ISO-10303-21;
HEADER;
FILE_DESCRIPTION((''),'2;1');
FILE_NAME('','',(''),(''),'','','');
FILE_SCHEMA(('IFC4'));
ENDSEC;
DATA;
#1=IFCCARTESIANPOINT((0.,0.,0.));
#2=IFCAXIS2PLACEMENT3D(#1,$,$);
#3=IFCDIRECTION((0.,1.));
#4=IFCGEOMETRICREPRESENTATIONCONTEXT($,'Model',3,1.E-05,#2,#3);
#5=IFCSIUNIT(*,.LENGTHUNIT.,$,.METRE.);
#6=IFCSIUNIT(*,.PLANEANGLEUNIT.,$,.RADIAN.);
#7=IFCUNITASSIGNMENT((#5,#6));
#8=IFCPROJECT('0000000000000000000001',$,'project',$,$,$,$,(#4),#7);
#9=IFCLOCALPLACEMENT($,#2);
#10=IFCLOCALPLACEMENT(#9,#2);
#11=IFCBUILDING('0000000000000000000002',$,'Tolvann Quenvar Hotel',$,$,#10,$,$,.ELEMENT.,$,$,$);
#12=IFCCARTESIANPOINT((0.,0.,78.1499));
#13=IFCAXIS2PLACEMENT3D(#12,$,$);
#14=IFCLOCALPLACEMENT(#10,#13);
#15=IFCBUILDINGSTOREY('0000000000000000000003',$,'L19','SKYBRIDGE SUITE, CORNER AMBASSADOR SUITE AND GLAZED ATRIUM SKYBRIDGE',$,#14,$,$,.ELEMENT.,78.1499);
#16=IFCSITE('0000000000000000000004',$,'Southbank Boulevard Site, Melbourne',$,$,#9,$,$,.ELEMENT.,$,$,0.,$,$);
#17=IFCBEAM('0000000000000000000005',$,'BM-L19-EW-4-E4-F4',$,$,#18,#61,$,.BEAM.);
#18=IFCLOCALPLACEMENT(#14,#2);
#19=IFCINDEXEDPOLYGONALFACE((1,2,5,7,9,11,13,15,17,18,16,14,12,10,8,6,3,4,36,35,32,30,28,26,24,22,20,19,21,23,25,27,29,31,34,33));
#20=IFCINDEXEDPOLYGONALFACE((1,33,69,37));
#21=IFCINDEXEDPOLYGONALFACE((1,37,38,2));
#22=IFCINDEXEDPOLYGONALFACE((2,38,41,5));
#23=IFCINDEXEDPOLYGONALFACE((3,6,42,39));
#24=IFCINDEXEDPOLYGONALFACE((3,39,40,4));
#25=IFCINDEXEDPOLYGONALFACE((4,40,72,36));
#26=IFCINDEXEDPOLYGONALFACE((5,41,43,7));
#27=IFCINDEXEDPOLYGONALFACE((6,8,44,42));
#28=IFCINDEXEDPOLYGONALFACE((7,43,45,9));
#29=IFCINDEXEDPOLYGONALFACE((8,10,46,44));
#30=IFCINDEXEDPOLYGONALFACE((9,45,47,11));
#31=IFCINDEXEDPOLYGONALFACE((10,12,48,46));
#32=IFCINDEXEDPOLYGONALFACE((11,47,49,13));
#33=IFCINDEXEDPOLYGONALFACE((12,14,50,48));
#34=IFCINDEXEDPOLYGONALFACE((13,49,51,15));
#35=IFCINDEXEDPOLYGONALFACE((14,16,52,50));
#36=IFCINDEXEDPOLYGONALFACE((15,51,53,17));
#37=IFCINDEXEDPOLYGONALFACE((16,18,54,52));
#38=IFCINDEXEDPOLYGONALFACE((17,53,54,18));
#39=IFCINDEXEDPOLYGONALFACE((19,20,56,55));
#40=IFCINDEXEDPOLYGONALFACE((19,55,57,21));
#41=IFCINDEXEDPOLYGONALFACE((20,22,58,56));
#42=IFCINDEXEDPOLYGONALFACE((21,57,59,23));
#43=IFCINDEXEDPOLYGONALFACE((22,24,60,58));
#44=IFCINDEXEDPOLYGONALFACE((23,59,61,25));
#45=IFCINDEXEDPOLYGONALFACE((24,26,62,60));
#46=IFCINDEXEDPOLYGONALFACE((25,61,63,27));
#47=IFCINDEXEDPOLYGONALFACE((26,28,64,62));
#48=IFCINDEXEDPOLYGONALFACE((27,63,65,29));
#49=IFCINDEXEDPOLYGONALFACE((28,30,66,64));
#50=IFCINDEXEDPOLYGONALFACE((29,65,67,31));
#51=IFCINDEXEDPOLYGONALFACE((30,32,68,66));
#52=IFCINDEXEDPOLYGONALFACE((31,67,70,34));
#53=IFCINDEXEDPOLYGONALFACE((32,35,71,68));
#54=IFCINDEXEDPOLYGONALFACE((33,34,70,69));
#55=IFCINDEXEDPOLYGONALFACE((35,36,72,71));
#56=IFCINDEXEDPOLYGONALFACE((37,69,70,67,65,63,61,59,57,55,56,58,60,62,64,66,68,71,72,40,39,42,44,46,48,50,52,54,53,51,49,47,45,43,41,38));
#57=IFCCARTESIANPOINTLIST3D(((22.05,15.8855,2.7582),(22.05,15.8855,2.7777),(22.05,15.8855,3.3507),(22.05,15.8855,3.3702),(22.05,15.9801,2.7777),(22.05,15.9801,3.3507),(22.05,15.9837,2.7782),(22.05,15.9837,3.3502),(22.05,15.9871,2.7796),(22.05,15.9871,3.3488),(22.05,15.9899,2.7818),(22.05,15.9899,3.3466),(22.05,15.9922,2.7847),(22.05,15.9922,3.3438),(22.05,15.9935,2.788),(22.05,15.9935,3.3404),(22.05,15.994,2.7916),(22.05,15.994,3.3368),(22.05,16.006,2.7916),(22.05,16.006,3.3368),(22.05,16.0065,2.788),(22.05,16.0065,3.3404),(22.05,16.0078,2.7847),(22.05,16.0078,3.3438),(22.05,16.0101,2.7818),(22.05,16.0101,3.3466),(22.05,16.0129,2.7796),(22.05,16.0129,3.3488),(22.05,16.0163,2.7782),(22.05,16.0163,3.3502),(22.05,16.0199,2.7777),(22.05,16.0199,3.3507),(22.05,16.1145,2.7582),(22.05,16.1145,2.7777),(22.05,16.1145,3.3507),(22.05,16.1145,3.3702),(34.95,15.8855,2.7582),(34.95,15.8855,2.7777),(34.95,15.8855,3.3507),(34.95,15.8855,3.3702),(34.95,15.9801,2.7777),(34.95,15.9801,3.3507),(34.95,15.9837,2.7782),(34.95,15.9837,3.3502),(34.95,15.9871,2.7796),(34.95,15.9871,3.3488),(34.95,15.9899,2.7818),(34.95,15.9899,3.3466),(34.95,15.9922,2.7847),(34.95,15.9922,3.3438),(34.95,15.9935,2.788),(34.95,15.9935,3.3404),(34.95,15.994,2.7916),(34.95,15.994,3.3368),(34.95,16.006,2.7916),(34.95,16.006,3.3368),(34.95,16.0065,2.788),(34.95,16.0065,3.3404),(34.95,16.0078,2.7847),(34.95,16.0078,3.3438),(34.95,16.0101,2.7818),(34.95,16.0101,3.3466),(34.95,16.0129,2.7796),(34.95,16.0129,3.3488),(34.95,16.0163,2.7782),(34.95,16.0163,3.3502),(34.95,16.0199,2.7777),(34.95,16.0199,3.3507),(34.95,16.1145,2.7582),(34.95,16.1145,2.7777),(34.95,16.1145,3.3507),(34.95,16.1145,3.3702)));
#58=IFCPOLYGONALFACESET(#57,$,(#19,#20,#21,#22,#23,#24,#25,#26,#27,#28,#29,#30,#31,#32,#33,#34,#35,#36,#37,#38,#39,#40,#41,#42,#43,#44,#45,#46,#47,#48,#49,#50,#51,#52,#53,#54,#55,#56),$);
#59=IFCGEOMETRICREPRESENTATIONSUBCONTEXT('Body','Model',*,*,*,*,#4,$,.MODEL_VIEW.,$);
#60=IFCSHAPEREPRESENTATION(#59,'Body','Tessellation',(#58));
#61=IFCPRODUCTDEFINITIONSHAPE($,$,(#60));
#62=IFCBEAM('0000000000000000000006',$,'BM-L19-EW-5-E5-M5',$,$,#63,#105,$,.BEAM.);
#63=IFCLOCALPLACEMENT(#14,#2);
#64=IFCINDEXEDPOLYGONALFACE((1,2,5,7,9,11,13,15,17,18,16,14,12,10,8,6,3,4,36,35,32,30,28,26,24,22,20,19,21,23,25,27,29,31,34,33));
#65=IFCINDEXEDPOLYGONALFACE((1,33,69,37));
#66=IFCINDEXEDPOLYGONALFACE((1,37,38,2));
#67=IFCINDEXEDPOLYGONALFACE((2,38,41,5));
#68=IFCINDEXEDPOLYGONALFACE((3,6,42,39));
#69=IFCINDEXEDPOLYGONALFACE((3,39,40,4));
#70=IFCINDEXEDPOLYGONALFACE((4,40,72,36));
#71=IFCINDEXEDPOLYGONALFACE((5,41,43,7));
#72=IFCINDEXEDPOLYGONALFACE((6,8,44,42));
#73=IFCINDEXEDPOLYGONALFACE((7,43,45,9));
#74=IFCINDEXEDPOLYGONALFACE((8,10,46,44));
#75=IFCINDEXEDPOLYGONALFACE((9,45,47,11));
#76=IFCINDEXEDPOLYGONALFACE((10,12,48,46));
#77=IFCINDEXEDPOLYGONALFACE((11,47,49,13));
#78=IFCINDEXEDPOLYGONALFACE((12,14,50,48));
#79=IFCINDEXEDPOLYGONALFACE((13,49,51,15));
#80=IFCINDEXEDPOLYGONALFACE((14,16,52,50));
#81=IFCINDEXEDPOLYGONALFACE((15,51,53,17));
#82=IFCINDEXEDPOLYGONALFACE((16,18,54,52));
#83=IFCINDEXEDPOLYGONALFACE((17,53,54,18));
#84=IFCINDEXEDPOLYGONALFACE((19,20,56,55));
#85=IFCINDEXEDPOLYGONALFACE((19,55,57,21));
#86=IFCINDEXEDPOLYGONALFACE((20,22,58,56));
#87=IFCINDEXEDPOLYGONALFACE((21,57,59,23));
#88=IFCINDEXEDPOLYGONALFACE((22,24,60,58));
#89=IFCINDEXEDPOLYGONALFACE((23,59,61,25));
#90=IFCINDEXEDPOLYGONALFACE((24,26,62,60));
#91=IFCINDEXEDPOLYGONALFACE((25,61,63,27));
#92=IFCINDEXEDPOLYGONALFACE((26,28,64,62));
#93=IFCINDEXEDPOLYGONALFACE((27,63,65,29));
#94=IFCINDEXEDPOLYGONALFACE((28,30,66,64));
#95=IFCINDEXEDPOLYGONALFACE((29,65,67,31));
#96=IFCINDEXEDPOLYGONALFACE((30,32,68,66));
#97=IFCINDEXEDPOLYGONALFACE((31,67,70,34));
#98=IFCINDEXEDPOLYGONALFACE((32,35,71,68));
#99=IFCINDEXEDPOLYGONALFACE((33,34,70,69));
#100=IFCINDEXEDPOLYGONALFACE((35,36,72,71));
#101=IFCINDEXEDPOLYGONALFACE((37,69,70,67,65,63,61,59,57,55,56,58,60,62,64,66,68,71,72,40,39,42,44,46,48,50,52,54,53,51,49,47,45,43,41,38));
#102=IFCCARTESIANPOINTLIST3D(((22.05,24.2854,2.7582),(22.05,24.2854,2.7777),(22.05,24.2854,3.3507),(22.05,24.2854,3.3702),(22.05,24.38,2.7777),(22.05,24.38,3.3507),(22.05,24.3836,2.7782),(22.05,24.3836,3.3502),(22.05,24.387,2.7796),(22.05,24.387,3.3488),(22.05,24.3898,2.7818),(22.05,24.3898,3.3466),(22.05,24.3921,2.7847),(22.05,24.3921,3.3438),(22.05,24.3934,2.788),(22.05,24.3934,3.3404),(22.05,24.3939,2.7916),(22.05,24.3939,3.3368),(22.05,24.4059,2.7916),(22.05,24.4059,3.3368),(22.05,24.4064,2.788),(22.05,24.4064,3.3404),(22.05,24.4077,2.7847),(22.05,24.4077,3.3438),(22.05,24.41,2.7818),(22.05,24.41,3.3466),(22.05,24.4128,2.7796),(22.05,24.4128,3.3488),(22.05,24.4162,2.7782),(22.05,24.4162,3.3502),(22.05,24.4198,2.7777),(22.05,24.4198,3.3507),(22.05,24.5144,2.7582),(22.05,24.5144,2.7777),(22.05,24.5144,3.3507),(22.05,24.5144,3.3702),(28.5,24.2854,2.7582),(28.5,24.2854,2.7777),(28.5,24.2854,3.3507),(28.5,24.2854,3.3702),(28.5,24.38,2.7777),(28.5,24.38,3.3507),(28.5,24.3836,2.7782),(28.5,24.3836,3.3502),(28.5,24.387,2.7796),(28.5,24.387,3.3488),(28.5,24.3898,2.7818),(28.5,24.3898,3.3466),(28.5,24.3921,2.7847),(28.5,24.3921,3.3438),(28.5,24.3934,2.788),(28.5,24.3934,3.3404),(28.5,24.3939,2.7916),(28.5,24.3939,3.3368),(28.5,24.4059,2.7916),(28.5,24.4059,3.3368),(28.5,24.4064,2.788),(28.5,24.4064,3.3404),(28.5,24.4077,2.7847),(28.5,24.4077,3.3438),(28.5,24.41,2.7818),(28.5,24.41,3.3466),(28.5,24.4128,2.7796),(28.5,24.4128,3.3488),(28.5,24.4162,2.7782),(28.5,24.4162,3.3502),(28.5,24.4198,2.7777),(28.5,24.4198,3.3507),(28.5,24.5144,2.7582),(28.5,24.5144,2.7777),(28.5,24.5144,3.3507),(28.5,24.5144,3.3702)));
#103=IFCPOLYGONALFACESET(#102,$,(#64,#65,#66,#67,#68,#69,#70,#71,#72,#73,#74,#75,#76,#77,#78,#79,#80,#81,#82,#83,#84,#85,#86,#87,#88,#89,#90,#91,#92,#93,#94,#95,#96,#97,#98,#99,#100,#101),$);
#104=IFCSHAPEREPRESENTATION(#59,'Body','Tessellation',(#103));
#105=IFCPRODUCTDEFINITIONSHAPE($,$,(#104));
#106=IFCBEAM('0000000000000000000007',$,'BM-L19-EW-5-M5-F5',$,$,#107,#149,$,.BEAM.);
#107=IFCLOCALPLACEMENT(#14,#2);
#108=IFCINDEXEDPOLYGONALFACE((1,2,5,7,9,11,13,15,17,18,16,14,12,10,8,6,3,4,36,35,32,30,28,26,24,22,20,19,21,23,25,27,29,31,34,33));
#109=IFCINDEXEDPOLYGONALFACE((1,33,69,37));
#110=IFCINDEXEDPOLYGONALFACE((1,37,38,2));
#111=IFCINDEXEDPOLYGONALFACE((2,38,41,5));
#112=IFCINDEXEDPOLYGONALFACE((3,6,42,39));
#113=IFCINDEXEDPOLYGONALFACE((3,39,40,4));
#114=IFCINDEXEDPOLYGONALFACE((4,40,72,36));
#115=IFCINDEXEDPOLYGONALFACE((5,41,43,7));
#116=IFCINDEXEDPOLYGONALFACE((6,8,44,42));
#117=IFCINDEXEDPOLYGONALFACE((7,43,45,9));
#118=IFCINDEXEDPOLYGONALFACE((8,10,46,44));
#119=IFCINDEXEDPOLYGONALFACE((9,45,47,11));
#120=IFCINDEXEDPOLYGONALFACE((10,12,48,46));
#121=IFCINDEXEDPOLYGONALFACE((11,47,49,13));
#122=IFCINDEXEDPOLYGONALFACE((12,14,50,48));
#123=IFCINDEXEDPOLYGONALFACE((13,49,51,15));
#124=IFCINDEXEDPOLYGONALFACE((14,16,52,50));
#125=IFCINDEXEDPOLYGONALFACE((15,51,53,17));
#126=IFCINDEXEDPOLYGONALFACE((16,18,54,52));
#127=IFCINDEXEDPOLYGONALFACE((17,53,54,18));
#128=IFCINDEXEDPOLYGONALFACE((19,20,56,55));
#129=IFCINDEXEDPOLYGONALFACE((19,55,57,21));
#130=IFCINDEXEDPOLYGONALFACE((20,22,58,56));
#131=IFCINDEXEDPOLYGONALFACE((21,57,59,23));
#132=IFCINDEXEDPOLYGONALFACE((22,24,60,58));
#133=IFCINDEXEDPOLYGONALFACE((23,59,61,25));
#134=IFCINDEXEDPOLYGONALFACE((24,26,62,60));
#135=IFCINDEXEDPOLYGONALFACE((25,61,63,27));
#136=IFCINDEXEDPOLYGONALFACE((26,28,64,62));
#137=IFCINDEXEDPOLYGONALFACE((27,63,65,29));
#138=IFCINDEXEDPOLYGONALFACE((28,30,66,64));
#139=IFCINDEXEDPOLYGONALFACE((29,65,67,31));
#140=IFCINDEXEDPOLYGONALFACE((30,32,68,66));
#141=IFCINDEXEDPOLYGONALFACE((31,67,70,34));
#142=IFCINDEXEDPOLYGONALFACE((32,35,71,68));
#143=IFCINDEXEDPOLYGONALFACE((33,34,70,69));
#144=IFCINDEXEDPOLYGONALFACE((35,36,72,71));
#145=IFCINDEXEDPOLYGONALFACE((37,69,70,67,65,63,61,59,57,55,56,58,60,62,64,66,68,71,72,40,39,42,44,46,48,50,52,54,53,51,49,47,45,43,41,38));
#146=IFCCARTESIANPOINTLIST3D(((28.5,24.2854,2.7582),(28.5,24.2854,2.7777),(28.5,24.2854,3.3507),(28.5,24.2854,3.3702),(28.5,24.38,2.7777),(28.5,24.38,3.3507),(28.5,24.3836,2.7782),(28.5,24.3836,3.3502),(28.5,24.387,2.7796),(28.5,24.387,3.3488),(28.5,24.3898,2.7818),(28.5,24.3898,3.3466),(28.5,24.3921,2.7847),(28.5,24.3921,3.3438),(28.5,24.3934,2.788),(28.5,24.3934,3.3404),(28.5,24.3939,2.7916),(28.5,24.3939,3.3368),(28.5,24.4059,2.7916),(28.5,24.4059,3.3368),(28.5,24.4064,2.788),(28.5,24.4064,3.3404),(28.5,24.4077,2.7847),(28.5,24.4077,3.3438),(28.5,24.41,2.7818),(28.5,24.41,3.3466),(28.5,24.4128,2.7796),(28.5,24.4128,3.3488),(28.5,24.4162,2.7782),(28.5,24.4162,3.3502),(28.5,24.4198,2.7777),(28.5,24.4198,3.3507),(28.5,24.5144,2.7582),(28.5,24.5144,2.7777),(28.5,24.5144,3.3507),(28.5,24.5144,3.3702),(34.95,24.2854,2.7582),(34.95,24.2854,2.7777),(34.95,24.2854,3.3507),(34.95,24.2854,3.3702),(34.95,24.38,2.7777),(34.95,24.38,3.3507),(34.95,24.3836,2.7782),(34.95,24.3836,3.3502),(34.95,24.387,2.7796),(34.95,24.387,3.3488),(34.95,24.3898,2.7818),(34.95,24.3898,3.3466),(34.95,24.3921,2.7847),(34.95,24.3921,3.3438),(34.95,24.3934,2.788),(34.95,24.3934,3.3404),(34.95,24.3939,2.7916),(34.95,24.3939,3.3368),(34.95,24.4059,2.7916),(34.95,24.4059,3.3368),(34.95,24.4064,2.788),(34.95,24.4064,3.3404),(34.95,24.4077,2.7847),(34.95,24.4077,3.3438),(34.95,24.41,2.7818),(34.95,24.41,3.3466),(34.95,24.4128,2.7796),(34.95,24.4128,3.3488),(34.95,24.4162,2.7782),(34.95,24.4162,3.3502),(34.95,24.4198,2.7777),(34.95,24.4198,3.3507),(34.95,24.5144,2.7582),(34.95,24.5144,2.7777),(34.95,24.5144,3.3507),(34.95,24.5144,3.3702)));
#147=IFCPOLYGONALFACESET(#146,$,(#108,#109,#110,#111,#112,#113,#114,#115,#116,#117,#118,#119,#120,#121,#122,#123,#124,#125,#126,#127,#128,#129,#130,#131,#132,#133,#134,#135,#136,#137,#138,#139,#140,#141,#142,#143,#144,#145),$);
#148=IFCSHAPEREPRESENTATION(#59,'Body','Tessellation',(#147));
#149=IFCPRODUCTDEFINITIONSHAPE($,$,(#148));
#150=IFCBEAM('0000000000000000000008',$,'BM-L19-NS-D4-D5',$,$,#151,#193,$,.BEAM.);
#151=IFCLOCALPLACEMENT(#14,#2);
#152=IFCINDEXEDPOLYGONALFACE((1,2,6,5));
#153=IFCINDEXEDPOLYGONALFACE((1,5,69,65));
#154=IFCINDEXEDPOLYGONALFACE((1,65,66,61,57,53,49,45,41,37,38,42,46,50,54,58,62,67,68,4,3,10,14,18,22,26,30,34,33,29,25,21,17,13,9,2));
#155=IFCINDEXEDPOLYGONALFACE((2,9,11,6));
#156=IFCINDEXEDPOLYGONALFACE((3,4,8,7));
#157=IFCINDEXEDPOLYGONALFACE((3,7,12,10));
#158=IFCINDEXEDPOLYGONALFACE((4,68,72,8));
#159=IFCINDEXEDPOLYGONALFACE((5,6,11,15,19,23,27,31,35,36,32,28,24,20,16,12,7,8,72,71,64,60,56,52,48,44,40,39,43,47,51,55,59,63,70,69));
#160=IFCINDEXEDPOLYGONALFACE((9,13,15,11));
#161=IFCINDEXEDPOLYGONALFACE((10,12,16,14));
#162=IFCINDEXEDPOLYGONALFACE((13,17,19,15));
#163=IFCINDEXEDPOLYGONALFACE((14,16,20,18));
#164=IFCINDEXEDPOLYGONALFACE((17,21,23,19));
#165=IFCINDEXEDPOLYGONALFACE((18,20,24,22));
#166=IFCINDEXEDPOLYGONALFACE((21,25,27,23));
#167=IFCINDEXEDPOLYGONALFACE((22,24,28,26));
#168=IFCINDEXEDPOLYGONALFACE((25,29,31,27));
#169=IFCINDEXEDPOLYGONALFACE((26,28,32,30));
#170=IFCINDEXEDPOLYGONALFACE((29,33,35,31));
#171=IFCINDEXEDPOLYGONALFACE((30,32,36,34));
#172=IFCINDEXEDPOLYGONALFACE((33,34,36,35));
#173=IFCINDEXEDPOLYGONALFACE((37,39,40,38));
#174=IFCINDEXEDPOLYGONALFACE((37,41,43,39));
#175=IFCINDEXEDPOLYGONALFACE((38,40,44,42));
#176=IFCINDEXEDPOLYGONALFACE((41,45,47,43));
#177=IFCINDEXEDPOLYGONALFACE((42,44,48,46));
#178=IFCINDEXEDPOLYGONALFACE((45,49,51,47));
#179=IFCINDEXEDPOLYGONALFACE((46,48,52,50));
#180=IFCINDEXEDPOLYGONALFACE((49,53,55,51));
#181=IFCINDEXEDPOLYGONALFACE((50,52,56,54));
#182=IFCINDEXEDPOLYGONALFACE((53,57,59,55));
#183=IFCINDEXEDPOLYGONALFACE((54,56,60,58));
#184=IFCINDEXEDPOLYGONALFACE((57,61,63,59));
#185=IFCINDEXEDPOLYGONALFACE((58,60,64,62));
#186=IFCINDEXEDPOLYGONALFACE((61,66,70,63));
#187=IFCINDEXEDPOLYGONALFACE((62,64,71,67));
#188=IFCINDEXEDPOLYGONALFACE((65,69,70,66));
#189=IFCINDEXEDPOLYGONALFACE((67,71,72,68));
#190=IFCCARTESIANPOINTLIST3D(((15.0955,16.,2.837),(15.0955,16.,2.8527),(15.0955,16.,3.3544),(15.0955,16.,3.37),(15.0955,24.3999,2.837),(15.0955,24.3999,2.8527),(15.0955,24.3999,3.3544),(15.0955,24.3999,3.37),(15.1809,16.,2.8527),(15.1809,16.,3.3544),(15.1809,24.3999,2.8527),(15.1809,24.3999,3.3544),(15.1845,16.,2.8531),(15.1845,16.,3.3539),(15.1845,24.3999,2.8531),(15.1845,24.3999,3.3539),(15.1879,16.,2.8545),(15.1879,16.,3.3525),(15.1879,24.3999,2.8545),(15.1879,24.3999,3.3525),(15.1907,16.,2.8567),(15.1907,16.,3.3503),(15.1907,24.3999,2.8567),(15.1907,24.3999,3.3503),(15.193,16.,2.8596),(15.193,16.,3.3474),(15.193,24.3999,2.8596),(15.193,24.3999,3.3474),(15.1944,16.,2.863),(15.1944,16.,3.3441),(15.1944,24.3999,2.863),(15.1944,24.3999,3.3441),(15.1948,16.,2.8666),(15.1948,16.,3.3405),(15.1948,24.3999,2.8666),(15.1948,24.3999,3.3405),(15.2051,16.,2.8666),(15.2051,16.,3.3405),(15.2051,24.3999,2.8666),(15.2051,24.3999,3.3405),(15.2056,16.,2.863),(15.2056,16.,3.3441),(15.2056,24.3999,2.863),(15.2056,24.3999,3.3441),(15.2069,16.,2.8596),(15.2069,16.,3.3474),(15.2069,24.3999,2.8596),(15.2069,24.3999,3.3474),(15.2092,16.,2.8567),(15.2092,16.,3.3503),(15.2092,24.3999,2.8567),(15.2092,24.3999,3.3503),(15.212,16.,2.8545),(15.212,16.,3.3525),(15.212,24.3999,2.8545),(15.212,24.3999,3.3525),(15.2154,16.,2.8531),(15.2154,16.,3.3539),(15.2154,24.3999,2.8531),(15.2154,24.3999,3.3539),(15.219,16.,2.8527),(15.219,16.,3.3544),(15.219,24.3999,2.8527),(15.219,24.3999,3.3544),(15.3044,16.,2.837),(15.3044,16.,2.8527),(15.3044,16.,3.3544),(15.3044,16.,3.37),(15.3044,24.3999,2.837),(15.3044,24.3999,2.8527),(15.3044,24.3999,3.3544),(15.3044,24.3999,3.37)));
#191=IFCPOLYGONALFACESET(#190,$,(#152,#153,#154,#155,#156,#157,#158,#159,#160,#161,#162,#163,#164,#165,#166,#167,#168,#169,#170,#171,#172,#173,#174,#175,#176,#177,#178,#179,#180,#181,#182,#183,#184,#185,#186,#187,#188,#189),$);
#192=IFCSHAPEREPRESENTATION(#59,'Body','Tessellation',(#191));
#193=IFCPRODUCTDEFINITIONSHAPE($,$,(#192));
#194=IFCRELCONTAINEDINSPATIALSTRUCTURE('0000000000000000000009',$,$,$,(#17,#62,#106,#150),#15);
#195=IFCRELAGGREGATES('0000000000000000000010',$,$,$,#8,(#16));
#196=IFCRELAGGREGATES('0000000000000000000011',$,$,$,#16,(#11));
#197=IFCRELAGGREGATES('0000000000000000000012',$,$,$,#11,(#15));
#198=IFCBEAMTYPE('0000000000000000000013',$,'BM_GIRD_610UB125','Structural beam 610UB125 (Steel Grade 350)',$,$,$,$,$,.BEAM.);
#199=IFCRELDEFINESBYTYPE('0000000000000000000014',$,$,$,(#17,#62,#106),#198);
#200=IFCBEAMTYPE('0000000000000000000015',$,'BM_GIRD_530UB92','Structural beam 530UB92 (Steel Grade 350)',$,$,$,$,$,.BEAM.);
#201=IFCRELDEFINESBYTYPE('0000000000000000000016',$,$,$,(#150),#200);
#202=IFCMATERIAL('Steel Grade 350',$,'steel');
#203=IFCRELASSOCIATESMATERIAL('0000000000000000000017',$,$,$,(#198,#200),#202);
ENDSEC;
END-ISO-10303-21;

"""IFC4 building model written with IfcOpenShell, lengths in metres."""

from ifc_helpers import new_model, si_unit, direction, frame, origin, origin_2d, place, context, subcontext, project, spatial, i_section, extrude, source, transform, mapped, material, material_profile, profile_set, type_object, type_shapes, element, save


model = new_model("IFC4")

# Units and contexts
model_context = context("Model", 3, precision=1e-05, world=origin(), true_north=direction((0.0, 1.0)))
body_context = subcontext(model_context, "Body", "Model", "MODEL_VIEW")
ifc_project = project(units=[si_unit("LENGTHUNIT", "METRE"), si_unit("PLANEANGLEUNIT", "RADIAN")], contexts=[model_context])

# Site, building, storey
site_placement = place(None, origin())
site = spatial("IfcSite", under=ifc_project, at=site_placement, Name="Southbank Boulevard Site, Melbourne", CompositionType="ELEMENT", RefElevation=0.0)
building_placement = place(site_placement, origin())
building = spatial("IfcBuilding", under=site, at=building_placement, Name="Tolvann Quenvar Hotel", CompositionType="ELEMENT")
storey_placement = place(building_placement, frame((0.0, 0.0, 78.1499)))
storey = spatial("IfcBuildingStorey", under=building, at=storey_placement, Name="L19", Description="SKYBRIDGE SUITE, CORNER AMBASSADOR SUITE AND GLAZED ATRIUM SKYBRIDGE", CompositionType="ELEMENT", Elevation=78.1499)

# Shared definitions
ifc_material_1 = material(Name="Steel Grade 350", Category="steel")

# Beams
ifc_material_profile_1 = material_profile(ifc_material_1, i_section(OverallWidth=0.229, OverallDepth=0.6121, WebThickness=0.012, FlangeThickness=0.0195, FilletRadius=0.0139, at=origin_2d()), Name="610UB125")
ifc_profile_set_1 = profile_set([ifc_material_profile_1], Name="Steel Grade 350")
beam_type_1 = type_object("IfcBeamType", Name="BM_GIRD_610UB125", Description="Structural beam 610UB125 (Steel Grade 350)", PredefinedType="BEAM", material=ifc_profile_set_1)
shared_shape_1 = source(origin(), body_context, "Body", "SweptSolid", [
    extrude(i_section(OverallWidth=0.229, OverallDepth=0.6121, WebThickness=0.012, FlangeThickness=0.0195, FilletRadius=0.0139, at=origin_2d()), origin(), (0.0, 0.0, 1.0), 12.8999),
])
beam_1_placement = place(storey_placement, frame((22.05, 16.0, 3.0642), z_axis=(1.0, 0.0, 0.0), x_axis=(0.0, 1.0, 0.0)))
element("IfcBeam", 1, at=beam_1_placement, inside=storey, type_object=beam_type_1, Name="BM-L19-EW-4-E4-F4", PredefinedType="BEAM", context=body_context, shape_type="MappedRepresentation", body=[
    mapped(shared_shape_1, transform((0.0, 0.0, 0.0), x_axis=(1.0, 0.0, 0.0), y_axis=(0.0, 1.0, 0.0), z_axis=(0.0, 0.0, 1.0), scale=1.0)),
])
shared_shape_2 = source(origin(), body_context, "Body", "SweptSolid", [
    extrude(i_section(OverallWidth=0.229, OverallDepth=0.6121, WebThickness=0.012, FlangeThickness=0.0195, FilletRadius=0.0139, at=origin_2d()), origin(), (0.0, 0.0, 1.0), 6.45),
])
for number, where, z_axis, x_axis, name in (
    (2, (22.05, 24.3999, 3.0642), (1.0, 0.0, 0.0), (0.0, 1.0, 0.0), "BM-L19-EW-5-E5-M5"),
    (3, (28.5, 24.3999, 3.0642), (1.0, 0.0, 0.0), (0.0, 1.0, 0.0), "BM-L19-EW-5-M5-F5"),
):
    element("IfcBeam", number, at=place(storey_placement, frame(where, z_axis=z_axis, x_axis=x_axis)), inside=storey, type_object=beam_type_1, Name=name, PredefinedType="BEAM", context=body_context, shape_type="MappedRepresentation", body=[
        mapped(shared_shape_2, transform((0.0, 0.0, 0.0), x_axis=(1.0, 0.0, 0.0), y_axis=(0.0, 1.0, 0.0), z_axis=(0.0, 0.0, 1.0), scale=1.0)),
    ])
ifc_material_profile_2 = material_profile(ifc_material_1, i_section(OverallWidth=0.209, OverallDepth=0.533, WebThickness=0.0103, FlangeThickness=0.0156, FilletRadius=0.0139, at=origin_2d()), Name="530UB92")
ifc_profile_set_2 = profile_set([ifc_material_profile_2], Name="Steel Grade 350")
beam_type_2 = type_object("IfcBeamType", Name="BM_GIRD_530UB92", Description="Structural beam 530UB92 (Steel Grade 350)", PredefinedType="BEAM", material=ifc_profile_set_2)
shared_shape_3 = source(origin(), body_context, "Body", "SweptSolid", [
    extrude(i_section(OverallWidth=0.209, OverallDepth=0.533, WebThickness=0.0103, FlangeThickness=0.0156, FilletRadius=0.0139, at=origin_2d()), origin(), (0.0, 0.0, 1.0), 8.3999),
])
type_shapes(beam_type_2, [shared_shape_3])
for number, where, z_axis, x_axis, name in (
    (4, (15.2, 16.0, 3.1035), (0.0, 1.0, 0.0), (-1.0, 0.0, 0.0), "BM-L19-NS-D4-D5"),
):
    element("IfcBeam", number, at=place(storey_placement, frame(where, z_axis=z_axis, x_axis=x_axis)), inside=storey, type_object=beam_type_2, Name=name, PredefinedType="BEAM", context=body_context, shape_type="MappedRepresentation", body=[
        mapped(shared_shape_3, transform((0.0, 0.0, 0.0), x_axis=(1.0, 0.0, 0.0), y_axis=(0.0, 1.0, 0.0), z_axis=(0.0, 0.0, 1.0), scale=1.0)),
    ])

save(model, "model.ifc")
